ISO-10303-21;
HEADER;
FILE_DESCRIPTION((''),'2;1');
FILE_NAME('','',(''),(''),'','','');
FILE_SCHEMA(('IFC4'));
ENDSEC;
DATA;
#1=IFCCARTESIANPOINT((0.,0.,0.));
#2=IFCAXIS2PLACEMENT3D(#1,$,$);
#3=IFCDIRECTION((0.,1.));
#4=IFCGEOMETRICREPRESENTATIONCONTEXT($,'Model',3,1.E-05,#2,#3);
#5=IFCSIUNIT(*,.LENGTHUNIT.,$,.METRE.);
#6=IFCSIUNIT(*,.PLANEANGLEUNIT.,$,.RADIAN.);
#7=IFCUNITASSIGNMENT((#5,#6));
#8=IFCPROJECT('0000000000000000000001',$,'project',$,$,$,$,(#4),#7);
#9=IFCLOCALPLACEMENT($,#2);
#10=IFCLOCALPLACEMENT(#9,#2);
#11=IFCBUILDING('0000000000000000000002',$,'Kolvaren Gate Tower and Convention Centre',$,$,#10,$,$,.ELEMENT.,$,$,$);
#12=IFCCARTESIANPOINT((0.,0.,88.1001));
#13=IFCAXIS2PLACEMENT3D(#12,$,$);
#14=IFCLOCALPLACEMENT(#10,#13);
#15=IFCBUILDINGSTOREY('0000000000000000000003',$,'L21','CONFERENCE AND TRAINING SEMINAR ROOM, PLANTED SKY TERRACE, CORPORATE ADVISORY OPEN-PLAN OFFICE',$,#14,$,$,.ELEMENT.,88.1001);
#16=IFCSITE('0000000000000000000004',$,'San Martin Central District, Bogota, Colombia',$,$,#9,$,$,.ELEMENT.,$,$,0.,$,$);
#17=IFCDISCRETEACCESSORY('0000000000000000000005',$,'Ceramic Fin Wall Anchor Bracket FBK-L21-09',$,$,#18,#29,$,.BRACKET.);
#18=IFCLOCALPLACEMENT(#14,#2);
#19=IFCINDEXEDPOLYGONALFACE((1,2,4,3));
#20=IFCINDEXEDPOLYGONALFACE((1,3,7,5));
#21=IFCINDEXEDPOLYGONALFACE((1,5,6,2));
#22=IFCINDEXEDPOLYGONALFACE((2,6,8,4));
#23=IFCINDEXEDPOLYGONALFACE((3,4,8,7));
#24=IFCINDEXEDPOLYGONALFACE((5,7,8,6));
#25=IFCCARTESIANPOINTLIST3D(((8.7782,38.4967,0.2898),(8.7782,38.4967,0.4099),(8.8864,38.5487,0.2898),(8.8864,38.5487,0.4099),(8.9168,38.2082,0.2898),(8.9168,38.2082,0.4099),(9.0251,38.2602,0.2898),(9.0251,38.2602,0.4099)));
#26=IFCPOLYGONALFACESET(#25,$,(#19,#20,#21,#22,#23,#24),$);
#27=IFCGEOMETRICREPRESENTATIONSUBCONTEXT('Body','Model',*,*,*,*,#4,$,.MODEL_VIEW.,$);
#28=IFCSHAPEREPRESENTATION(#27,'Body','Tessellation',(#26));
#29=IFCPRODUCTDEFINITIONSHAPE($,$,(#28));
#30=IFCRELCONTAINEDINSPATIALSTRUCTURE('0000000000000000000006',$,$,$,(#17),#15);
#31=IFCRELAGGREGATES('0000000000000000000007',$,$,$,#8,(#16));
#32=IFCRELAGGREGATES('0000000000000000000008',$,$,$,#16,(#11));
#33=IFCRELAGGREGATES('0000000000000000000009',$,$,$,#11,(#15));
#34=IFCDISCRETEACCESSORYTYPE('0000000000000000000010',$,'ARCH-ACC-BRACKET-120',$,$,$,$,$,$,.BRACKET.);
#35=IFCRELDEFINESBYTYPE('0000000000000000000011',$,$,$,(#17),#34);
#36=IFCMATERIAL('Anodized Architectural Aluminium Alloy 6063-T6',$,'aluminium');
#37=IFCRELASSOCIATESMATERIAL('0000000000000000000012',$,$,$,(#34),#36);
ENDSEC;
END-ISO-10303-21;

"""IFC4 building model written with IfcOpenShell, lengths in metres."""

from ifc_helpers import new_model, si_unit, direction, frame, origin, origin_2d, place, context, subcontext, project, spatial, rectangle, extrude, material, type_object, element, save


model = new_model("IFC4")

# Units and contexts
model_context = context("Model", 3, precision=1e-05, world=origin(), true_north=direction((0.0, 1.0)))
body_context = subcontext(model_context, "Body", "Model", "MODEL_VIEW")
ifc_project = project(units=[si_unit("LENGTHUNIT", "METRE"), si_unit("PLANEANGLEUNIT", "RADIAN")], contexts=[model_context])

# Site, building, storey
site_placement = place(None, origin())
site = spatial("IfcSite", under=ifc_project, at=site_placement, Name="San Martin Central District, Bogota, Colombia", CompositionType="ELEMENT", RefElevation=0.0)
building_placement = place(site_placement, origin())
building = spatial("IfcBuilding", under=site, at=building_placement, Name="Kolvaren Gate Tower and Convention Centre", CompositionType="ELEMENT")
storey_placement = place(building_placement, frame((0.0, 0.0, 88.1001)))
storey = spatial("IfcBuildingStorey", under=building, at=storey_placement, Name="L21", Description="CONFERENCE AND TRAINING SEMINAR ROOM, PLANTED SKY TERRACE, CORPORATE ADVISORY OPEN-PLAN OFFICE", CompositionType="ELEMENT", Elevation=88.1001)

# Shared definitions
ifc_material_1 = material(Name="Anodized Architectural Aluminium Alloy 6063-T6", Category="aluminium")

# Discrete accessory
discrete_accessory_type = type_object("IfcDiscreteAccessoryType", Name="ARCH-ACC-BRACKET-120", PredefinedType="BRACKET", material=ifc_material_1)
discrete_accessory_placement = place(storey_placement, frame((8.9016, 38.3784, 0.2898), z_axis=(0.0, 0.0, 1.0), x_axis=(0.901358, 0.433076, 0.0)))
element("IfcDiscreteAccessory", 1, at=discrete_accessory_placement, inside=storey, type_object=discrete_accessory_type, Name="Ceramic Fin Wall Anchor Bracket FBK-L21-09", PredefinedType="BRACKET", context=body_context, shape_type="SweptSolid", body=[
    extrude(rectangle(XDim=0.1201, YDim=0.3201, at=origin_2d()), origin(), (0.0, 0.0, 1.0), 0.1201),
])

save(model, "model.ifc")
